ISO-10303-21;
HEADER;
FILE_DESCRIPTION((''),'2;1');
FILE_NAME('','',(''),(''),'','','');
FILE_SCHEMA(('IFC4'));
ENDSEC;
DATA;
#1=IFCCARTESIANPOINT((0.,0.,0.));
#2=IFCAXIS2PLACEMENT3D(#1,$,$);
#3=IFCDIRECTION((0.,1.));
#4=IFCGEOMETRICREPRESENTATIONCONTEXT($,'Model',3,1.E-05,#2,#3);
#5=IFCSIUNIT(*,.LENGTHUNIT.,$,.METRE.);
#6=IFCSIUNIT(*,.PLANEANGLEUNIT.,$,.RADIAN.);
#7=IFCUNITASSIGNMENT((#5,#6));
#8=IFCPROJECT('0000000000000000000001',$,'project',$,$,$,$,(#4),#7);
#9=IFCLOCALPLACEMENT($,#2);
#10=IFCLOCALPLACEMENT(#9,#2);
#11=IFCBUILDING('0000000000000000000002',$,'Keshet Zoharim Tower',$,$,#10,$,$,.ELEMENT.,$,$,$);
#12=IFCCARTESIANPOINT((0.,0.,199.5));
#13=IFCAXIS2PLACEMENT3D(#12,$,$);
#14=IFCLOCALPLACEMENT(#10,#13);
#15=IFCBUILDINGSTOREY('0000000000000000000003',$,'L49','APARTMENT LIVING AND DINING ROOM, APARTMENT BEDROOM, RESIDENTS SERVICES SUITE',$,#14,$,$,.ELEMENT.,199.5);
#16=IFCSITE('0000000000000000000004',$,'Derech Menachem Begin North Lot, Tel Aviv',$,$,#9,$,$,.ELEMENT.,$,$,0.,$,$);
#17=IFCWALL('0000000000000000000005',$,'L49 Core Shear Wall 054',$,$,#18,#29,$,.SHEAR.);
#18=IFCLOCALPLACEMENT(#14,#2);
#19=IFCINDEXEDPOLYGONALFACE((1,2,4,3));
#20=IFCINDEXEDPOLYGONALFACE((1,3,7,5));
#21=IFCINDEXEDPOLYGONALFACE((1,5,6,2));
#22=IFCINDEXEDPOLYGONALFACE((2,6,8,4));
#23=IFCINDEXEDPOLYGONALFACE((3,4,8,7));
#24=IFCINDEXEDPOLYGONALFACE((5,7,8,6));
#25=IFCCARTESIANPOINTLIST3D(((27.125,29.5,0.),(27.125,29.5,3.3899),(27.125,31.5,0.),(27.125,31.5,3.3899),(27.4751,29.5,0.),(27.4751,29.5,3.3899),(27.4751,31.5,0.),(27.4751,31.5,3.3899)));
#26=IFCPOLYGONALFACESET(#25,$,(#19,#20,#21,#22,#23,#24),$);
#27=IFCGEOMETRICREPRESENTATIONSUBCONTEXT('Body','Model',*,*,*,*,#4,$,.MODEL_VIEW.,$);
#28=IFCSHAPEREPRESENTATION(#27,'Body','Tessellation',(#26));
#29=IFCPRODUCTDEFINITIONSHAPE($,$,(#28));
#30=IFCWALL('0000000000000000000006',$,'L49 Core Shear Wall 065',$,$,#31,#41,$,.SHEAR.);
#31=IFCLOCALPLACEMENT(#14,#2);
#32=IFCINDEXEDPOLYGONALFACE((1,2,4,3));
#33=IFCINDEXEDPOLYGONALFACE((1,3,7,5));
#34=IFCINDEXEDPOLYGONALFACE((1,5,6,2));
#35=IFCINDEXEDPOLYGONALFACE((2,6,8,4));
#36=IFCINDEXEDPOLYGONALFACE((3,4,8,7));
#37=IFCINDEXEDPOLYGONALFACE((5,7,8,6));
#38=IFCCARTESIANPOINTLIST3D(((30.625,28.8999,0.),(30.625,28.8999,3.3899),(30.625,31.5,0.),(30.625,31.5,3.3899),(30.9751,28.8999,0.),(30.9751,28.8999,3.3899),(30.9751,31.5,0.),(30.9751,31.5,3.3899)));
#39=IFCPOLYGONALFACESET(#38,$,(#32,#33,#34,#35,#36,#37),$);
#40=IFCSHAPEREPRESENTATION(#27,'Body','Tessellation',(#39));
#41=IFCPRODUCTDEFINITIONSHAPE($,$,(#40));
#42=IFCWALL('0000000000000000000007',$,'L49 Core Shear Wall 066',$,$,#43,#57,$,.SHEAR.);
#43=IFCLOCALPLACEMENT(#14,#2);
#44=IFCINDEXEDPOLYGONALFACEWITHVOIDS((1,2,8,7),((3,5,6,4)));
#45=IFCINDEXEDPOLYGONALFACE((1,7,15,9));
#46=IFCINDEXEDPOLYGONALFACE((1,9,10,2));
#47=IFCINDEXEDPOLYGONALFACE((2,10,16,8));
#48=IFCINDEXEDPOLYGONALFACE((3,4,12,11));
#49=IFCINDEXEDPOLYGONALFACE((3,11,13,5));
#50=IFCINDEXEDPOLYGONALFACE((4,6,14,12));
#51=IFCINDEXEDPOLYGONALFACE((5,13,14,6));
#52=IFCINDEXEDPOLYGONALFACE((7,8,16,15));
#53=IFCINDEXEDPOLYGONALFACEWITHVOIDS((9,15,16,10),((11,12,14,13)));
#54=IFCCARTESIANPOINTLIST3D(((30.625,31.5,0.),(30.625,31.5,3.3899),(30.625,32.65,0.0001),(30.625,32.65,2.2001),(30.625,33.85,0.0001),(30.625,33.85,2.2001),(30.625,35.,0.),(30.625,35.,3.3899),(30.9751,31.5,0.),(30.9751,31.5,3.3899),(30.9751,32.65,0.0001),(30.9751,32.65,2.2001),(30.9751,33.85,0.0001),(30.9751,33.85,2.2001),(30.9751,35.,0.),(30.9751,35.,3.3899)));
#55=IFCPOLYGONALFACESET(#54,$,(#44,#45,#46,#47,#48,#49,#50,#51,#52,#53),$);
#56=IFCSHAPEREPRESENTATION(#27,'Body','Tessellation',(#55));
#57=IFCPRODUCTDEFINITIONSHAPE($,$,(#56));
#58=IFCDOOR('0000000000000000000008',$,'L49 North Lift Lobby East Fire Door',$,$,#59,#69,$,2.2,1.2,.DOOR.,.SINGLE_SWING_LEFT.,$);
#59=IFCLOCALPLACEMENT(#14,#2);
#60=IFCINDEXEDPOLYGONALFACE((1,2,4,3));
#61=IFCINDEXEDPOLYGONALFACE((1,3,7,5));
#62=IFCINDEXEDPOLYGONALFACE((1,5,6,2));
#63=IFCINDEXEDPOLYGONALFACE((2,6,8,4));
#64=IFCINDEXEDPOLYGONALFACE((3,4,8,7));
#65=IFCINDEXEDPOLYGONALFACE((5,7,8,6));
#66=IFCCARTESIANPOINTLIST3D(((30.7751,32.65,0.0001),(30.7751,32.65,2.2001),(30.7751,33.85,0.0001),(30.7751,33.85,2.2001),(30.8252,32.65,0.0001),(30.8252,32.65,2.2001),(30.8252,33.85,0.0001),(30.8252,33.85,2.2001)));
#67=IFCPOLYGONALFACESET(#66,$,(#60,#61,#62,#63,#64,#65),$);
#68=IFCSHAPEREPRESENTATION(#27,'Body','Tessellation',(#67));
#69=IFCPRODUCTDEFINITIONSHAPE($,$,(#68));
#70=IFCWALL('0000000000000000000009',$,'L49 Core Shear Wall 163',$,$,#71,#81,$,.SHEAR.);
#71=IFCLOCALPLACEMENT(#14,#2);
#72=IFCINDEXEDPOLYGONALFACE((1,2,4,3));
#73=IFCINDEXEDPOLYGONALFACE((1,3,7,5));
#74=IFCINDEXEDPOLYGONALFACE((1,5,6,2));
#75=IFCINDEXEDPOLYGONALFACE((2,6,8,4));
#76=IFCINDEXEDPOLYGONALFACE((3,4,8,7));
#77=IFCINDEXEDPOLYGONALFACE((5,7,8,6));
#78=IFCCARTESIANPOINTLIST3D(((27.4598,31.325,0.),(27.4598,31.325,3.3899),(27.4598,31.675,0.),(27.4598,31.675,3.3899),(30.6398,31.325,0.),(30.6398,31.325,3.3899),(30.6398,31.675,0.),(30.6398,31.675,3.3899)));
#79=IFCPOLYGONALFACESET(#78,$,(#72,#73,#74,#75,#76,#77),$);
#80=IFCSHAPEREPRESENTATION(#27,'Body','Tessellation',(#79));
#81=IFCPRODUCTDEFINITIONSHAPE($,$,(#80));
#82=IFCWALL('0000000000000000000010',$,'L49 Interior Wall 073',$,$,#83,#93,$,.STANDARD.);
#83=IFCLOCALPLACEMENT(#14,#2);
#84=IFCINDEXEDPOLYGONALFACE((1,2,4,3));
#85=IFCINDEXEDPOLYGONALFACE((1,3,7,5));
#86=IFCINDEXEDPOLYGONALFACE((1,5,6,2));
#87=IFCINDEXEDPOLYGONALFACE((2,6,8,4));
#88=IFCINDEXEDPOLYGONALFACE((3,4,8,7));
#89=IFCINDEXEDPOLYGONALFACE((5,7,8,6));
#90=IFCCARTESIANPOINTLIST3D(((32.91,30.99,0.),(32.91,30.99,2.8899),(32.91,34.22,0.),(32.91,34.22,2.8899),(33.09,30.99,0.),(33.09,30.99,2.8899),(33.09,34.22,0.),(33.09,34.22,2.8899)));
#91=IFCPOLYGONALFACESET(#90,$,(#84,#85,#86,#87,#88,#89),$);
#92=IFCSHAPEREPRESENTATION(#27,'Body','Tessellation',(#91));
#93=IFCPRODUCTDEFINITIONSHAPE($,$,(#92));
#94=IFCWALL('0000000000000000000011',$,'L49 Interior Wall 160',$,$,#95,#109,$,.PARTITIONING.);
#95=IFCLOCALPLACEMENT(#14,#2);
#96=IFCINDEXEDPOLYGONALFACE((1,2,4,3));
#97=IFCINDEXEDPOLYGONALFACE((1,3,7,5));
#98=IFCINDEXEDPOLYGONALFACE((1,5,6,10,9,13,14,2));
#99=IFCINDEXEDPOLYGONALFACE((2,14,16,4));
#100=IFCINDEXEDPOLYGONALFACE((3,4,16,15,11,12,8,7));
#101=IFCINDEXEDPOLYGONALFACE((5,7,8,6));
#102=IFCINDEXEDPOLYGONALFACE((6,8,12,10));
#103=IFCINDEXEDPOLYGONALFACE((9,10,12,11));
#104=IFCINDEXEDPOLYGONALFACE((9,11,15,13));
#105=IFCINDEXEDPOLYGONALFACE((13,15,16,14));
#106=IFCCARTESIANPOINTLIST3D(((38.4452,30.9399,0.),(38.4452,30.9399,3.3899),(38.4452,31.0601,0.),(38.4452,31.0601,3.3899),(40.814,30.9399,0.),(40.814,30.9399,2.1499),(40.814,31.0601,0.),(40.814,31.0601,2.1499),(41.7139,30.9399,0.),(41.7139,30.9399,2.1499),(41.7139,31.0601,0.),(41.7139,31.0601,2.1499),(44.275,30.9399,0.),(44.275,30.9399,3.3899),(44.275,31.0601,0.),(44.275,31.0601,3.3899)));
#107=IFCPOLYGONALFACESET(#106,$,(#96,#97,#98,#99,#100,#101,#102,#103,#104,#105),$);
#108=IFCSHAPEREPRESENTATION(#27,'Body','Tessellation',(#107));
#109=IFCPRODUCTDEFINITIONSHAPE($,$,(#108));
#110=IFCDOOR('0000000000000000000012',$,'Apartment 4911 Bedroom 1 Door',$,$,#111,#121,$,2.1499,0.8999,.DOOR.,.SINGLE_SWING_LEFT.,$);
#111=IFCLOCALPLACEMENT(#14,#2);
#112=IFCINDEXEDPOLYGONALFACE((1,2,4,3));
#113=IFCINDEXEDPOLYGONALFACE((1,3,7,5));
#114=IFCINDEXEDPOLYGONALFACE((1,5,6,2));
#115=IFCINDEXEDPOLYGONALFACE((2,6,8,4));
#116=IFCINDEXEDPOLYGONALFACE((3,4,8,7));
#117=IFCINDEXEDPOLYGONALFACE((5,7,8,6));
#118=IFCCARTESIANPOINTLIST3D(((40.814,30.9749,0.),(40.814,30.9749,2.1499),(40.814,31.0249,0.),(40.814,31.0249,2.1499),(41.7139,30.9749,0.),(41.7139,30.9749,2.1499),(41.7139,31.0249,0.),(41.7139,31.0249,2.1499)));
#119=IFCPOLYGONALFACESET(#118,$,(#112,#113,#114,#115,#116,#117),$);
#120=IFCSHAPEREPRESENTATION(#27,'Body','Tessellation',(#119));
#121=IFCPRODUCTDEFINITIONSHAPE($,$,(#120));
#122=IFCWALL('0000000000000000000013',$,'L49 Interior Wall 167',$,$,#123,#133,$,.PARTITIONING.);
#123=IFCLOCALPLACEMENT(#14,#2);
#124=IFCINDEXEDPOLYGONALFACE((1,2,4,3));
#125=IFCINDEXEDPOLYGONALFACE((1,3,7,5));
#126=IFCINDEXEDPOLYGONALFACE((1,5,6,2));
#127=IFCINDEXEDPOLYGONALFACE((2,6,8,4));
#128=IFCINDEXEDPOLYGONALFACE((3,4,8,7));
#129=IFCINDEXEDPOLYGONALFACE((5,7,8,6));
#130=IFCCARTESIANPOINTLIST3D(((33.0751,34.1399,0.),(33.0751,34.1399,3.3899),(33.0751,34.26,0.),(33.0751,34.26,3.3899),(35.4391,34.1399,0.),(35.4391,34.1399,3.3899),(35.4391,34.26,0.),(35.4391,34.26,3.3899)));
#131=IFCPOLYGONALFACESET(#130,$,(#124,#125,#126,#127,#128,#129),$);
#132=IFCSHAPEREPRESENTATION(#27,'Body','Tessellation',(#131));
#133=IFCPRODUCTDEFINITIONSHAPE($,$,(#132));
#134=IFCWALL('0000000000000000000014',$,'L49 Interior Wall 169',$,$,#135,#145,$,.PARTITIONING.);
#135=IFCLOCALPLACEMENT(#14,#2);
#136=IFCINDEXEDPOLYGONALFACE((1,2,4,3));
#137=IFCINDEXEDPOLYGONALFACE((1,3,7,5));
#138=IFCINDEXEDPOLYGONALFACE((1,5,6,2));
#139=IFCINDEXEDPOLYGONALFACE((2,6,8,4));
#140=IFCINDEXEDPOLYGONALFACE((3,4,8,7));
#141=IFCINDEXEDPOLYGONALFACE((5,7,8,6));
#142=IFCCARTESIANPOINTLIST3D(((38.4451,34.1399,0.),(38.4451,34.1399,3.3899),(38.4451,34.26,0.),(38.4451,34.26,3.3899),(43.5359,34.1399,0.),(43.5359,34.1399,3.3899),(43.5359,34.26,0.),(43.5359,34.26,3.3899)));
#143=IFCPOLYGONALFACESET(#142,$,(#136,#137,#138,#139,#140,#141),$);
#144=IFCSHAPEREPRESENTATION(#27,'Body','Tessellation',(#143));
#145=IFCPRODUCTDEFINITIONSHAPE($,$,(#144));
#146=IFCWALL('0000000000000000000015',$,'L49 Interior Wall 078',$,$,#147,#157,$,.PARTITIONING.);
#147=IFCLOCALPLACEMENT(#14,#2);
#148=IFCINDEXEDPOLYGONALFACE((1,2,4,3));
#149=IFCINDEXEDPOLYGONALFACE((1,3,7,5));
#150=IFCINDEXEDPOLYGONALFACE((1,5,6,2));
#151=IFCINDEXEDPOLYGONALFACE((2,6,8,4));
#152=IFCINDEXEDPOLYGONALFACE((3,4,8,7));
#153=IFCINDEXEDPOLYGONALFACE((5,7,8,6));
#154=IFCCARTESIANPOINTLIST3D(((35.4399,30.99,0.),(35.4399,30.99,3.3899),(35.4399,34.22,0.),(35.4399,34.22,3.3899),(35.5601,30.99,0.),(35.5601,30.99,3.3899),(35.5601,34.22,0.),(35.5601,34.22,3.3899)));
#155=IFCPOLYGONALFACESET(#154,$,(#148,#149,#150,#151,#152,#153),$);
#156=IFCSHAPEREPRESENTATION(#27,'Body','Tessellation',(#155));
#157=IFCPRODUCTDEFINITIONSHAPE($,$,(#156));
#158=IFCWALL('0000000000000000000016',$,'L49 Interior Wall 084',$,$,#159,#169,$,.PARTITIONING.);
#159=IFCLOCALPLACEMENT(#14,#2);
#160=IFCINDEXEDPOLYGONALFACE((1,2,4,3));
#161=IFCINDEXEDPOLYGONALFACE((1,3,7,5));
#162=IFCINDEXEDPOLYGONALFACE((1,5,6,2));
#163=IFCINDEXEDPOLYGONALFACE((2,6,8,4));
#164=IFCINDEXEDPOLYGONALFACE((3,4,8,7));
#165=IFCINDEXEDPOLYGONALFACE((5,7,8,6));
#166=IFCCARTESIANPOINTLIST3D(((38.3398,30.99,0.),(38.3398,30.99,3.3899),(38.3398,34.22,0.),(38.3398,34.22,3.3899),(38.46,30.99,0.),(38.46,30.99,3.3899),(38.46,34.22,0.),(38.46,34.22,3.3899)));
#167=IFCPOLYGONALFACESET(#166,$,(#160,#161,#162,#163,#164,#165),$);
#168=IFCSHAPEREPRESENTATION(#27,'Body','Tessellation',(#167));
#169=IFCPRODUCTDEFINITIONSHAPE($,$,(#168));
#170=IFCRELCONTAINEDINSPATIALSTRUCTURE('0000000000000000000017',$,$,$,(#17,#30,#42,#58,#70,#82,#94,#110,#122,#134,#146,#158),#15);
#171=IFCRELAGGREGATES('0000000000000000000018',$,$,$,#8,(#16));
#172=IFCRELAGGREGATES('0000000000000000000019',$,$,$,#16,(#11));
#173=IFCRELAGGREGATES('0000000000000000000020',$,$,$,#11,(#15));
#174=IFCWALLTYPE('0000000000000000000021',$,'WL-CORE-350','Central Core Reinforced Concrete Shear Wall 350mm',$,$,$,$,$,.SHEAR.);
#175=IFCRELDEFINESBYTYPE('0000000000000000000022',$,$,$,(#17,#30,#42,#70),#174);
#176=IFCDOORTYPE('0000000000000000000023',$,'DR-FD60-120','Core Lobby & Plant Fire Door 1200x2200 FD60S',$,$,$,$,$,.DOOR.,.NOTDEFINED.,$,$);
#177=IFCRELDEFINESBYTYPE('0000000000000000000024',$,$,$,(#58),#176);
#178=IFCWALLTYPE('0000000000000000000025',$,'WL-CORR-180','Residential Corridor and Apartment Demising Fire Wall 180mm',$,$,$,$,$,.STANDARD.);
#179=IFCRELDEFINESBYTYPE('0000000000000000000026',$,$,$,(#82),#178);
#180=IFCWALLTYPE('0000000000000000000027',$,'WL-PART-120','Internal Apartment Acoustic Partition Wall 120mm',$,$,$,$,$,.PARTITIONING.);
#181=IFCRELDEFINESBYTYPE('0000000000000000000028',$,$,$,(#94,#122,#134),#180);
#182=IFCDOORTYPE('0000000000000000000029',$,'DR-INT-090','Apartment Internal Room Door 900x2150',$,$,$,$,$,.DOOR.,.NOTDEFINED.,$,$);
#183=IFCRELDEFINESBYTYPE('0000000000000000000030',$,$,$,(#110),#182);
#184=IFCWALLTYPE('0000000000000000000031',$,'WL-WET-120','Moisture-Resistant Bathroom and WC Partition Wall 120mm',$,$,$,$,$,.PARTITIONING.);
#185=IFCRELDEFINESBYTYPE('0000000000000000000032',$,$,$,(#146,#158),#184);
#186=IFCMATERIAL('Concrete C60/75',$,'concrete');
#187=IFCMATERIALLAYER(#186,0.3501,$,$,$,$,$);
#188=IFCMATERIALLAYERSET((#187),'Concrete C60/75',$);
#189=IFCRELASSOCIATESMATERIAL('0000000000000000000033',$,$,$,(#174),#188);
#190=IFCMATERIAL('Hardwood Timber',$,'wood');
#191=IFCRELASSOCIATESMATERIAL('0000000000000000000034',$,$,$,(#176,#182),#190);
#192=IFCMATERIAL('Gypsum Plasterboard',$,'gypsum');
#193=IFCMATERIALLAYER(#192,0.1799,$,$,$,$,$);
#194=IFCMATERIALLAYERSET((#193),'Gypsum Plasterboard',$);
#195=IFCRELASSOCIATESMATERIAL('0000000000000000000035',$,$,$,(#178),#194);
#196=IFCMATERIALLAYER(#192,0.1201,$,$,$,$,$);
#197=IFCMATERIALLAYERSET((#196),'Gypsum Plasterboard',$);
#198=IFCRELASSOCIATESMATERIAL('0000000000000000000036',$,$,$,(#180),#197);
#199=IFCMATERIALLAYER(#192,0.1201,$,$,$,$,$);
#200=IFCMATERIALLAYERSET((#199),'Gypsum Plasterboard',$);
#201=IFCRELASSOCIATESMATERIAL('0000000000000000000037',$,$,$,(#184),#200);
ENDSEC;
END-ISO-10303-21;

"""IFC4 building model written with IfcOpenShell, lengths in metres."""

from ifc_helpers import new_model, si_unit, direction, frame, frame_2d, origin, place, context, subcontext, project, spatial, rectangle, extrude, material, layer, layer_set, type_object, element, fill, save


model = new_model("IFC4")

# Units and contexts
model_context = context("Model", 3, precision=1e-05, world=origin(), true_north=direction((0.0, 1.0)))
body_context = subcontext(model_context, "Body", "Model", "MODEL_VIEW")
ifc_project = project(units=[si_unit("LENGTHUNIT", "METRE"), si_unit("PLANEANGLEUNIT", "RADIAN")], contexts=[model_context])

# Site, building, storey
site_placement = place(None, origin())
site = spatial("IfcSite", under=ifc_project, at=site_placement, Name="Derech Menachem Begin North Lot, Tel Aviv", CompositionType="ELEMENT", RefElevation=0.0)
building_placement = place(site_placement, origin())
building = spatial("IfcBuilding", under=site, at=building_placement, Name="Keshet Zoharim Tower", CompositionType="ELEMENT")
storey_placement = place(building_placement, frame((0.0, 0.0, 199.5)))
storey = spatial("IfcBuildingStorey", under=building, at=storey_placement, Name="L49", Description="APARTMENT LIVING AND DINING ROOM, APARTMENT BEDROOM, RESIDENTS SERVICES SUITE", CompositionType="ELEMENT", Elevation=199.5)

# Shared definitions
ifc_material_1 = material(Name="Gypsum Plasterboard", Category="gypsum")
ifc_material_2 = material(Name="Hardwood Timber", Category="wood")

# Walls
ifc_material_3 = material(Name="Concrete C60/75", Category="concrete")
ifc_layer_1 = layer(ifc_material_3, 0.3501)
ifc_layer_set_1 = layer_set([ifc_layer_1], Name="Concrete C60/75")
wall_type_1 = type_object("IfcWallType", Name="WL-CORE-350", Description="Central Core Reinforced Concrete Shear Wall 350mm", PredefinedType="SHEAR", material=ifc_layer_set_1)
wall_1_placement = place(storey_placement, frame((27.3, 29.5, 0.0), z_axis=(0.0, 0.0, 1.0), x_axis=(0.0, 1.0, 0.0)))
element("IfcWall", 1, at=wall_1_placement, inside=storey, type_object=wall_type_1, Name="L49 Core Shear Wall 054", PredefinedType="SHEAR", context=body_context, shape_type="SweptSolid", body=[
    extrude(rectangle(XDim=2.0, YDim=0.3501, at=frame_2d((1.0, 0.0))), origin(), (0.0, 0.0, 1.0), 3.3899),
])
wall_2_placement = place(storey_placement, frame((30.8, 28.8999, 0.0), z_axis=(0.0, 0.0, 1.0), x_axis=(0.0, 1.0, 0.0)))
element("IfcWall", 2, at=wall_2_placement, inside=storey, type_object=wall_type_1, Name="L49 Core Shear Wall 065", PredefinedType="SHEAR", context=body_context, shape_type="SweptSolid", body=[
    extrude(rectangle(XDim=2.6001, YDim=0.3501, at=frame_2d((1.3, 0.0))), origin(), (0.0, 0.0, 1.0), 3.3899),
])

# Wall, opening, door
wall_3_placement = place(storey_placement, frame((30.8, 31.5, 0.0), z_axis=(0.0, 0.0, 1.0), x_axis=(0.0, 1.0, 0.0)))
wall_3 = element("IfcWall", 3, at=wall_3_placement, inside=storey, type_object=wall_type_1, Name="L49 Core Shear Wall 066", PredefinedType="SHEAR", context=body_context, shape_type="SweptSolid", body=[
    extrude(rectangle(XDim=3.5, YDim=0.3501, at=frame_2d((1.75, 0.0))), origin(), (0.0, 0.0, 1.0), 3.3899),
])
opening_1_placement = place(wall_3_placement, frame((1.1499, 0.0, 0.0)))
opening_1 = element("IfcOpeningElement", 4, at=opening_1_placement, cuts=wall_3, PredefinedType="OPENING", context=body_context, shape_type="SweptSolid", body=[
    extrude(rectangle(XDim=1.2, YDim=2.2, at=frame_2d((0.6001, 1.1001))), frame((0.0, 0.1851, 0.0), z_axis=(0.0, -1.0, 0.0), x_axis=(1.0, 0.0, 0.0)), (0.0, 0.0, 1.0), 0.3701),
])
door_type_1 = type_object("IfcDoorType", Name="DR-FD60-120", Description="Core Lobby & Plant Fire Door 1200x2200 FD60S", OperationType="NOTDEFINED", PredefinedType="DOOR", material=ifc_material_2)
door_1_placement = place(opening_1_placement, origin())
door_1 = element("IfcDoor", 5, at=door_1_placement, inside=storey, type_object=door_type_1, Name="L49 North Lift Lobby East Fire Door", OperationType="SINGLE_SWING_LEFT", OverallHeight=2.2, OverallWidth=1.2, PredefinedType="DOOR", context=body_context, shape_type="SweptSolid", body=[
    extrude(rectangle(XDim=1.2, YDim=2.2, at=frame_2d((0.6001, 1.1001))), frame((0.0, 0.0249, 0.0), z_axis=(0.0, -1.0, 0.0), x_axis=(1.0, 0.0, 0.0)), (0.0, 0.0, 1.0), 0.05),
])
fill(opening_1, door_1)

# Walls
wall_4_placement = place(storey_placement, frame((27.46, 31.5, 0.0), z_axis=(0.0, 0.0, 1.0), x_axis=(1.0, 0.0, 0.0)))
element("IfcWall", 6, at=wall_4_placement, inside=storey, type_object=wall_type_1, Name="L49 Core Shear Wall 163", PredefinedType="SHEAR", context=body_context, shape_type="SweptSolid", body=[
    extrude(rectangle(XDim=3.1799, YDim=0.3501, at=frame_2d((1.5898, 0.0))), origin(), (0.0, 0.0, 1.0), 3.3899),
])
ifc_layer_2 = layer(ifc_material_1, 0.1799)
ifc_layer_set_2 = layer_set([ifc_layer_2], Name="Gypsum Plasterboard")
wall_type_2 = type_object("IfcWallType", Name="WL-CORR-180", Description="Residential Corridor and Apartment Demising Fire Wall 180mm", PredefinedType="STANDARD", material=ifc_layer_set_2)
wall_5_placement = place(storey_placement, frame((33.0, 30.99, 0.0), z_axis=(0.0, 0.0, 1.0), x_axis=(0.0, 1.0, 0.0)))
element("IfcWall", 7, at=wall_5_placement, inside=storey, type_object=wall_type_2, Name="L49 Interior Wall 073", PredefinedType="STANDARD", context=body_context, shape_type="SweptSolid", body=[
    extrude(rectangle(XDim=3.23, YDim=0.1799, at=frame_2d((1.615, 0.0))), origin(), (0.0, 0.0, 1.0), 2.8899),
])

# Wall, opening, door
ifc_layer_3 = layer(ifc_material_1, 0.1201)
ifc_layer_set_3 = layer_set([ifc_layer_3], Name="Gypsum Plasterboard")
wall_type_3 = type_object("IfcWallType", Name="WL-PART-120", Description="Internal Apartment Acoustic Partition Wall 120mm", PredefinedType="PARTITIONING", material=ifc_layer_set_3)
door_type_2 = type_object("IfcDoorType", Name="DR-INT-090", Description="Apartment Internal Room Door 900x2150", OperationType="NOTDEFINED", PredefinedType="DOOR", material=ifc_material_2)
wall_6_placement = place(storey_placement, frame((38.4451, 31.0, 0.0), z_axis=(0.0, 0.0, 1.0), x_axis=(1.0, 0.0, 0.0)))
wall_6 = element("IfcWall", 8, at=wall_6_placement, inside=storey, type_object=wall_type_3, Name="L49 Interior Wall 160", PredefinedType="PARTITIONING", context=body_context, shape_type="SweptSolid", body=[
    extrude(rectangle(XDim=5.8298, YDim=0.1201, at=frame_2d((2.915, 0.0))), origin(), (0.0, 0.0, 1.0), 3.3899),
])
opening_2_placement = place(wall_6_placement, frame((2.3689, 0.0, 0.0)))
opening_2 = element("IfcOpeningElement", 9, at=opening_2_placement, cuts=wall_6, PredefinedType="OPENING", context=body_context, shape_type="SweptSolid", body=[
    extrude(rectangle(XDim=0.8999, YDim=2.1499, at=frame_2d((0.45, 1.075))), frame((0.0, 0.0701, 0.0), z_axis=(0.0, -1.0, 0.0), x_axis=(1.0, 0.0, 0.0)), (0.0, 0.0, 1.0), 0.1401),
])
door_2_placement = place(opening_2_placement, origin())
door_2 = element("IfcDoor", 10, at=door_2_placement, inside=storey, type_object=door_type_2, Name="Apartment 4911 Bedroom 1 Door", OperationType="SINGLE_SWING_LEFT", OverallHeight=2.1499, OverallWidth=0.8999, PredefinedType="DOOR", context=body_context, shape_type="SweptSolid", body=[
    extrude(rectangle(XDim=0.8999, YDim=2.1499, at=frame_2d((0.45, 1.075))), frame((0.0, 0.0249, 0.0), z_axis=(0.0, -1.0, 0.0), x_axis=(1.0, 0.0, 0.0)), (0.0, 0.0, 1.0), 0.05),
])
fill(opening_2, door_2)

# Walls
wall_7_placement = place(storey_placement, frame((33.075, 34.2, 0.0), z_axis=(0.0, 0.0, 1.0), x_axis=(1.0, 0.0, 0.0)))
element("IfcWall", 11, at=wall_7_placement, inside=storey, type_object=wall_type_3, Name="L49 Interior Wall 167", PredefinedType="PARTITIONING", context=body_context, shape_type="SweptSolid", body=[
    extrude(rectangle(XDim=2.364, YDim=0.1201, at=frame_2d((1.1821, 0.0))), origin(), (0.0, 0.0, 1.0), 3.3899),
])
wall_8_placement = place(storey_placement, frame((38.4451, 34.2, 0.0), z_axis=(0.0, 0.0, 1.0), x_axis=(1.0, 0.0, 0.0)))
element("IfcWall", 12, at=wall_8_placement, inside=storey, type_object=wall_type_3, Name="L49 Interior Wall 169", PredefinedType="PARTITIONING", context=body_context, shape_type="SweptSolid", body=[
    extrude(rectangle(XDim=5.0908, YDim=0.1201, at=frame_2d((2.5454, 0.0))), origin(), (0.0, 0.0, 1.0), 3.3899),
])
ifc_layer_4 = layer(ifc_material_1, 0.1201)
ifc_layer_set_4 = layer_set([ifc_layer_4], Name="Gypsum Plasterboard")
wall_type_4 = type_object("IfcWallType", Name="WL-WET-120", Description="Moisture-Resistant Bathroom and WC Partition Wall 120mm", PredefinedType="PARTITIONING", material=ifc_layer_set_4)
for number, where, z_axis, x_axis, name in (
    (13, (35.5, 30.99, 0.0), (0.0, 0.0, 1.0), (0.0, 1.0, 0.0), "L49 Interior Wall 078"),
    (14, (38.3999, 30.99, 0.0), (0.0, 0.0, 1.0), (0.0, 1.0, 0.0), "L49 Interior Wall 084"),
):
    element("IfcWall", number, at=place(storey_placement, frame(where, z_axis=z_axis, x_axis=x_axis)), inside=storey, type_object=wall_type_4, Name=name, PredefinedType="PARTITIONING", context=body_context, shape_type="SweptSolid", body=[
        extrude(rectangle(XDim=3.23, YDim=0.1201, at=frame_2d((1.615, 0.0))), origin(), (0.0, 0.0, 1.0), 3.3899),
    ])

save(model, "model.ifc")
